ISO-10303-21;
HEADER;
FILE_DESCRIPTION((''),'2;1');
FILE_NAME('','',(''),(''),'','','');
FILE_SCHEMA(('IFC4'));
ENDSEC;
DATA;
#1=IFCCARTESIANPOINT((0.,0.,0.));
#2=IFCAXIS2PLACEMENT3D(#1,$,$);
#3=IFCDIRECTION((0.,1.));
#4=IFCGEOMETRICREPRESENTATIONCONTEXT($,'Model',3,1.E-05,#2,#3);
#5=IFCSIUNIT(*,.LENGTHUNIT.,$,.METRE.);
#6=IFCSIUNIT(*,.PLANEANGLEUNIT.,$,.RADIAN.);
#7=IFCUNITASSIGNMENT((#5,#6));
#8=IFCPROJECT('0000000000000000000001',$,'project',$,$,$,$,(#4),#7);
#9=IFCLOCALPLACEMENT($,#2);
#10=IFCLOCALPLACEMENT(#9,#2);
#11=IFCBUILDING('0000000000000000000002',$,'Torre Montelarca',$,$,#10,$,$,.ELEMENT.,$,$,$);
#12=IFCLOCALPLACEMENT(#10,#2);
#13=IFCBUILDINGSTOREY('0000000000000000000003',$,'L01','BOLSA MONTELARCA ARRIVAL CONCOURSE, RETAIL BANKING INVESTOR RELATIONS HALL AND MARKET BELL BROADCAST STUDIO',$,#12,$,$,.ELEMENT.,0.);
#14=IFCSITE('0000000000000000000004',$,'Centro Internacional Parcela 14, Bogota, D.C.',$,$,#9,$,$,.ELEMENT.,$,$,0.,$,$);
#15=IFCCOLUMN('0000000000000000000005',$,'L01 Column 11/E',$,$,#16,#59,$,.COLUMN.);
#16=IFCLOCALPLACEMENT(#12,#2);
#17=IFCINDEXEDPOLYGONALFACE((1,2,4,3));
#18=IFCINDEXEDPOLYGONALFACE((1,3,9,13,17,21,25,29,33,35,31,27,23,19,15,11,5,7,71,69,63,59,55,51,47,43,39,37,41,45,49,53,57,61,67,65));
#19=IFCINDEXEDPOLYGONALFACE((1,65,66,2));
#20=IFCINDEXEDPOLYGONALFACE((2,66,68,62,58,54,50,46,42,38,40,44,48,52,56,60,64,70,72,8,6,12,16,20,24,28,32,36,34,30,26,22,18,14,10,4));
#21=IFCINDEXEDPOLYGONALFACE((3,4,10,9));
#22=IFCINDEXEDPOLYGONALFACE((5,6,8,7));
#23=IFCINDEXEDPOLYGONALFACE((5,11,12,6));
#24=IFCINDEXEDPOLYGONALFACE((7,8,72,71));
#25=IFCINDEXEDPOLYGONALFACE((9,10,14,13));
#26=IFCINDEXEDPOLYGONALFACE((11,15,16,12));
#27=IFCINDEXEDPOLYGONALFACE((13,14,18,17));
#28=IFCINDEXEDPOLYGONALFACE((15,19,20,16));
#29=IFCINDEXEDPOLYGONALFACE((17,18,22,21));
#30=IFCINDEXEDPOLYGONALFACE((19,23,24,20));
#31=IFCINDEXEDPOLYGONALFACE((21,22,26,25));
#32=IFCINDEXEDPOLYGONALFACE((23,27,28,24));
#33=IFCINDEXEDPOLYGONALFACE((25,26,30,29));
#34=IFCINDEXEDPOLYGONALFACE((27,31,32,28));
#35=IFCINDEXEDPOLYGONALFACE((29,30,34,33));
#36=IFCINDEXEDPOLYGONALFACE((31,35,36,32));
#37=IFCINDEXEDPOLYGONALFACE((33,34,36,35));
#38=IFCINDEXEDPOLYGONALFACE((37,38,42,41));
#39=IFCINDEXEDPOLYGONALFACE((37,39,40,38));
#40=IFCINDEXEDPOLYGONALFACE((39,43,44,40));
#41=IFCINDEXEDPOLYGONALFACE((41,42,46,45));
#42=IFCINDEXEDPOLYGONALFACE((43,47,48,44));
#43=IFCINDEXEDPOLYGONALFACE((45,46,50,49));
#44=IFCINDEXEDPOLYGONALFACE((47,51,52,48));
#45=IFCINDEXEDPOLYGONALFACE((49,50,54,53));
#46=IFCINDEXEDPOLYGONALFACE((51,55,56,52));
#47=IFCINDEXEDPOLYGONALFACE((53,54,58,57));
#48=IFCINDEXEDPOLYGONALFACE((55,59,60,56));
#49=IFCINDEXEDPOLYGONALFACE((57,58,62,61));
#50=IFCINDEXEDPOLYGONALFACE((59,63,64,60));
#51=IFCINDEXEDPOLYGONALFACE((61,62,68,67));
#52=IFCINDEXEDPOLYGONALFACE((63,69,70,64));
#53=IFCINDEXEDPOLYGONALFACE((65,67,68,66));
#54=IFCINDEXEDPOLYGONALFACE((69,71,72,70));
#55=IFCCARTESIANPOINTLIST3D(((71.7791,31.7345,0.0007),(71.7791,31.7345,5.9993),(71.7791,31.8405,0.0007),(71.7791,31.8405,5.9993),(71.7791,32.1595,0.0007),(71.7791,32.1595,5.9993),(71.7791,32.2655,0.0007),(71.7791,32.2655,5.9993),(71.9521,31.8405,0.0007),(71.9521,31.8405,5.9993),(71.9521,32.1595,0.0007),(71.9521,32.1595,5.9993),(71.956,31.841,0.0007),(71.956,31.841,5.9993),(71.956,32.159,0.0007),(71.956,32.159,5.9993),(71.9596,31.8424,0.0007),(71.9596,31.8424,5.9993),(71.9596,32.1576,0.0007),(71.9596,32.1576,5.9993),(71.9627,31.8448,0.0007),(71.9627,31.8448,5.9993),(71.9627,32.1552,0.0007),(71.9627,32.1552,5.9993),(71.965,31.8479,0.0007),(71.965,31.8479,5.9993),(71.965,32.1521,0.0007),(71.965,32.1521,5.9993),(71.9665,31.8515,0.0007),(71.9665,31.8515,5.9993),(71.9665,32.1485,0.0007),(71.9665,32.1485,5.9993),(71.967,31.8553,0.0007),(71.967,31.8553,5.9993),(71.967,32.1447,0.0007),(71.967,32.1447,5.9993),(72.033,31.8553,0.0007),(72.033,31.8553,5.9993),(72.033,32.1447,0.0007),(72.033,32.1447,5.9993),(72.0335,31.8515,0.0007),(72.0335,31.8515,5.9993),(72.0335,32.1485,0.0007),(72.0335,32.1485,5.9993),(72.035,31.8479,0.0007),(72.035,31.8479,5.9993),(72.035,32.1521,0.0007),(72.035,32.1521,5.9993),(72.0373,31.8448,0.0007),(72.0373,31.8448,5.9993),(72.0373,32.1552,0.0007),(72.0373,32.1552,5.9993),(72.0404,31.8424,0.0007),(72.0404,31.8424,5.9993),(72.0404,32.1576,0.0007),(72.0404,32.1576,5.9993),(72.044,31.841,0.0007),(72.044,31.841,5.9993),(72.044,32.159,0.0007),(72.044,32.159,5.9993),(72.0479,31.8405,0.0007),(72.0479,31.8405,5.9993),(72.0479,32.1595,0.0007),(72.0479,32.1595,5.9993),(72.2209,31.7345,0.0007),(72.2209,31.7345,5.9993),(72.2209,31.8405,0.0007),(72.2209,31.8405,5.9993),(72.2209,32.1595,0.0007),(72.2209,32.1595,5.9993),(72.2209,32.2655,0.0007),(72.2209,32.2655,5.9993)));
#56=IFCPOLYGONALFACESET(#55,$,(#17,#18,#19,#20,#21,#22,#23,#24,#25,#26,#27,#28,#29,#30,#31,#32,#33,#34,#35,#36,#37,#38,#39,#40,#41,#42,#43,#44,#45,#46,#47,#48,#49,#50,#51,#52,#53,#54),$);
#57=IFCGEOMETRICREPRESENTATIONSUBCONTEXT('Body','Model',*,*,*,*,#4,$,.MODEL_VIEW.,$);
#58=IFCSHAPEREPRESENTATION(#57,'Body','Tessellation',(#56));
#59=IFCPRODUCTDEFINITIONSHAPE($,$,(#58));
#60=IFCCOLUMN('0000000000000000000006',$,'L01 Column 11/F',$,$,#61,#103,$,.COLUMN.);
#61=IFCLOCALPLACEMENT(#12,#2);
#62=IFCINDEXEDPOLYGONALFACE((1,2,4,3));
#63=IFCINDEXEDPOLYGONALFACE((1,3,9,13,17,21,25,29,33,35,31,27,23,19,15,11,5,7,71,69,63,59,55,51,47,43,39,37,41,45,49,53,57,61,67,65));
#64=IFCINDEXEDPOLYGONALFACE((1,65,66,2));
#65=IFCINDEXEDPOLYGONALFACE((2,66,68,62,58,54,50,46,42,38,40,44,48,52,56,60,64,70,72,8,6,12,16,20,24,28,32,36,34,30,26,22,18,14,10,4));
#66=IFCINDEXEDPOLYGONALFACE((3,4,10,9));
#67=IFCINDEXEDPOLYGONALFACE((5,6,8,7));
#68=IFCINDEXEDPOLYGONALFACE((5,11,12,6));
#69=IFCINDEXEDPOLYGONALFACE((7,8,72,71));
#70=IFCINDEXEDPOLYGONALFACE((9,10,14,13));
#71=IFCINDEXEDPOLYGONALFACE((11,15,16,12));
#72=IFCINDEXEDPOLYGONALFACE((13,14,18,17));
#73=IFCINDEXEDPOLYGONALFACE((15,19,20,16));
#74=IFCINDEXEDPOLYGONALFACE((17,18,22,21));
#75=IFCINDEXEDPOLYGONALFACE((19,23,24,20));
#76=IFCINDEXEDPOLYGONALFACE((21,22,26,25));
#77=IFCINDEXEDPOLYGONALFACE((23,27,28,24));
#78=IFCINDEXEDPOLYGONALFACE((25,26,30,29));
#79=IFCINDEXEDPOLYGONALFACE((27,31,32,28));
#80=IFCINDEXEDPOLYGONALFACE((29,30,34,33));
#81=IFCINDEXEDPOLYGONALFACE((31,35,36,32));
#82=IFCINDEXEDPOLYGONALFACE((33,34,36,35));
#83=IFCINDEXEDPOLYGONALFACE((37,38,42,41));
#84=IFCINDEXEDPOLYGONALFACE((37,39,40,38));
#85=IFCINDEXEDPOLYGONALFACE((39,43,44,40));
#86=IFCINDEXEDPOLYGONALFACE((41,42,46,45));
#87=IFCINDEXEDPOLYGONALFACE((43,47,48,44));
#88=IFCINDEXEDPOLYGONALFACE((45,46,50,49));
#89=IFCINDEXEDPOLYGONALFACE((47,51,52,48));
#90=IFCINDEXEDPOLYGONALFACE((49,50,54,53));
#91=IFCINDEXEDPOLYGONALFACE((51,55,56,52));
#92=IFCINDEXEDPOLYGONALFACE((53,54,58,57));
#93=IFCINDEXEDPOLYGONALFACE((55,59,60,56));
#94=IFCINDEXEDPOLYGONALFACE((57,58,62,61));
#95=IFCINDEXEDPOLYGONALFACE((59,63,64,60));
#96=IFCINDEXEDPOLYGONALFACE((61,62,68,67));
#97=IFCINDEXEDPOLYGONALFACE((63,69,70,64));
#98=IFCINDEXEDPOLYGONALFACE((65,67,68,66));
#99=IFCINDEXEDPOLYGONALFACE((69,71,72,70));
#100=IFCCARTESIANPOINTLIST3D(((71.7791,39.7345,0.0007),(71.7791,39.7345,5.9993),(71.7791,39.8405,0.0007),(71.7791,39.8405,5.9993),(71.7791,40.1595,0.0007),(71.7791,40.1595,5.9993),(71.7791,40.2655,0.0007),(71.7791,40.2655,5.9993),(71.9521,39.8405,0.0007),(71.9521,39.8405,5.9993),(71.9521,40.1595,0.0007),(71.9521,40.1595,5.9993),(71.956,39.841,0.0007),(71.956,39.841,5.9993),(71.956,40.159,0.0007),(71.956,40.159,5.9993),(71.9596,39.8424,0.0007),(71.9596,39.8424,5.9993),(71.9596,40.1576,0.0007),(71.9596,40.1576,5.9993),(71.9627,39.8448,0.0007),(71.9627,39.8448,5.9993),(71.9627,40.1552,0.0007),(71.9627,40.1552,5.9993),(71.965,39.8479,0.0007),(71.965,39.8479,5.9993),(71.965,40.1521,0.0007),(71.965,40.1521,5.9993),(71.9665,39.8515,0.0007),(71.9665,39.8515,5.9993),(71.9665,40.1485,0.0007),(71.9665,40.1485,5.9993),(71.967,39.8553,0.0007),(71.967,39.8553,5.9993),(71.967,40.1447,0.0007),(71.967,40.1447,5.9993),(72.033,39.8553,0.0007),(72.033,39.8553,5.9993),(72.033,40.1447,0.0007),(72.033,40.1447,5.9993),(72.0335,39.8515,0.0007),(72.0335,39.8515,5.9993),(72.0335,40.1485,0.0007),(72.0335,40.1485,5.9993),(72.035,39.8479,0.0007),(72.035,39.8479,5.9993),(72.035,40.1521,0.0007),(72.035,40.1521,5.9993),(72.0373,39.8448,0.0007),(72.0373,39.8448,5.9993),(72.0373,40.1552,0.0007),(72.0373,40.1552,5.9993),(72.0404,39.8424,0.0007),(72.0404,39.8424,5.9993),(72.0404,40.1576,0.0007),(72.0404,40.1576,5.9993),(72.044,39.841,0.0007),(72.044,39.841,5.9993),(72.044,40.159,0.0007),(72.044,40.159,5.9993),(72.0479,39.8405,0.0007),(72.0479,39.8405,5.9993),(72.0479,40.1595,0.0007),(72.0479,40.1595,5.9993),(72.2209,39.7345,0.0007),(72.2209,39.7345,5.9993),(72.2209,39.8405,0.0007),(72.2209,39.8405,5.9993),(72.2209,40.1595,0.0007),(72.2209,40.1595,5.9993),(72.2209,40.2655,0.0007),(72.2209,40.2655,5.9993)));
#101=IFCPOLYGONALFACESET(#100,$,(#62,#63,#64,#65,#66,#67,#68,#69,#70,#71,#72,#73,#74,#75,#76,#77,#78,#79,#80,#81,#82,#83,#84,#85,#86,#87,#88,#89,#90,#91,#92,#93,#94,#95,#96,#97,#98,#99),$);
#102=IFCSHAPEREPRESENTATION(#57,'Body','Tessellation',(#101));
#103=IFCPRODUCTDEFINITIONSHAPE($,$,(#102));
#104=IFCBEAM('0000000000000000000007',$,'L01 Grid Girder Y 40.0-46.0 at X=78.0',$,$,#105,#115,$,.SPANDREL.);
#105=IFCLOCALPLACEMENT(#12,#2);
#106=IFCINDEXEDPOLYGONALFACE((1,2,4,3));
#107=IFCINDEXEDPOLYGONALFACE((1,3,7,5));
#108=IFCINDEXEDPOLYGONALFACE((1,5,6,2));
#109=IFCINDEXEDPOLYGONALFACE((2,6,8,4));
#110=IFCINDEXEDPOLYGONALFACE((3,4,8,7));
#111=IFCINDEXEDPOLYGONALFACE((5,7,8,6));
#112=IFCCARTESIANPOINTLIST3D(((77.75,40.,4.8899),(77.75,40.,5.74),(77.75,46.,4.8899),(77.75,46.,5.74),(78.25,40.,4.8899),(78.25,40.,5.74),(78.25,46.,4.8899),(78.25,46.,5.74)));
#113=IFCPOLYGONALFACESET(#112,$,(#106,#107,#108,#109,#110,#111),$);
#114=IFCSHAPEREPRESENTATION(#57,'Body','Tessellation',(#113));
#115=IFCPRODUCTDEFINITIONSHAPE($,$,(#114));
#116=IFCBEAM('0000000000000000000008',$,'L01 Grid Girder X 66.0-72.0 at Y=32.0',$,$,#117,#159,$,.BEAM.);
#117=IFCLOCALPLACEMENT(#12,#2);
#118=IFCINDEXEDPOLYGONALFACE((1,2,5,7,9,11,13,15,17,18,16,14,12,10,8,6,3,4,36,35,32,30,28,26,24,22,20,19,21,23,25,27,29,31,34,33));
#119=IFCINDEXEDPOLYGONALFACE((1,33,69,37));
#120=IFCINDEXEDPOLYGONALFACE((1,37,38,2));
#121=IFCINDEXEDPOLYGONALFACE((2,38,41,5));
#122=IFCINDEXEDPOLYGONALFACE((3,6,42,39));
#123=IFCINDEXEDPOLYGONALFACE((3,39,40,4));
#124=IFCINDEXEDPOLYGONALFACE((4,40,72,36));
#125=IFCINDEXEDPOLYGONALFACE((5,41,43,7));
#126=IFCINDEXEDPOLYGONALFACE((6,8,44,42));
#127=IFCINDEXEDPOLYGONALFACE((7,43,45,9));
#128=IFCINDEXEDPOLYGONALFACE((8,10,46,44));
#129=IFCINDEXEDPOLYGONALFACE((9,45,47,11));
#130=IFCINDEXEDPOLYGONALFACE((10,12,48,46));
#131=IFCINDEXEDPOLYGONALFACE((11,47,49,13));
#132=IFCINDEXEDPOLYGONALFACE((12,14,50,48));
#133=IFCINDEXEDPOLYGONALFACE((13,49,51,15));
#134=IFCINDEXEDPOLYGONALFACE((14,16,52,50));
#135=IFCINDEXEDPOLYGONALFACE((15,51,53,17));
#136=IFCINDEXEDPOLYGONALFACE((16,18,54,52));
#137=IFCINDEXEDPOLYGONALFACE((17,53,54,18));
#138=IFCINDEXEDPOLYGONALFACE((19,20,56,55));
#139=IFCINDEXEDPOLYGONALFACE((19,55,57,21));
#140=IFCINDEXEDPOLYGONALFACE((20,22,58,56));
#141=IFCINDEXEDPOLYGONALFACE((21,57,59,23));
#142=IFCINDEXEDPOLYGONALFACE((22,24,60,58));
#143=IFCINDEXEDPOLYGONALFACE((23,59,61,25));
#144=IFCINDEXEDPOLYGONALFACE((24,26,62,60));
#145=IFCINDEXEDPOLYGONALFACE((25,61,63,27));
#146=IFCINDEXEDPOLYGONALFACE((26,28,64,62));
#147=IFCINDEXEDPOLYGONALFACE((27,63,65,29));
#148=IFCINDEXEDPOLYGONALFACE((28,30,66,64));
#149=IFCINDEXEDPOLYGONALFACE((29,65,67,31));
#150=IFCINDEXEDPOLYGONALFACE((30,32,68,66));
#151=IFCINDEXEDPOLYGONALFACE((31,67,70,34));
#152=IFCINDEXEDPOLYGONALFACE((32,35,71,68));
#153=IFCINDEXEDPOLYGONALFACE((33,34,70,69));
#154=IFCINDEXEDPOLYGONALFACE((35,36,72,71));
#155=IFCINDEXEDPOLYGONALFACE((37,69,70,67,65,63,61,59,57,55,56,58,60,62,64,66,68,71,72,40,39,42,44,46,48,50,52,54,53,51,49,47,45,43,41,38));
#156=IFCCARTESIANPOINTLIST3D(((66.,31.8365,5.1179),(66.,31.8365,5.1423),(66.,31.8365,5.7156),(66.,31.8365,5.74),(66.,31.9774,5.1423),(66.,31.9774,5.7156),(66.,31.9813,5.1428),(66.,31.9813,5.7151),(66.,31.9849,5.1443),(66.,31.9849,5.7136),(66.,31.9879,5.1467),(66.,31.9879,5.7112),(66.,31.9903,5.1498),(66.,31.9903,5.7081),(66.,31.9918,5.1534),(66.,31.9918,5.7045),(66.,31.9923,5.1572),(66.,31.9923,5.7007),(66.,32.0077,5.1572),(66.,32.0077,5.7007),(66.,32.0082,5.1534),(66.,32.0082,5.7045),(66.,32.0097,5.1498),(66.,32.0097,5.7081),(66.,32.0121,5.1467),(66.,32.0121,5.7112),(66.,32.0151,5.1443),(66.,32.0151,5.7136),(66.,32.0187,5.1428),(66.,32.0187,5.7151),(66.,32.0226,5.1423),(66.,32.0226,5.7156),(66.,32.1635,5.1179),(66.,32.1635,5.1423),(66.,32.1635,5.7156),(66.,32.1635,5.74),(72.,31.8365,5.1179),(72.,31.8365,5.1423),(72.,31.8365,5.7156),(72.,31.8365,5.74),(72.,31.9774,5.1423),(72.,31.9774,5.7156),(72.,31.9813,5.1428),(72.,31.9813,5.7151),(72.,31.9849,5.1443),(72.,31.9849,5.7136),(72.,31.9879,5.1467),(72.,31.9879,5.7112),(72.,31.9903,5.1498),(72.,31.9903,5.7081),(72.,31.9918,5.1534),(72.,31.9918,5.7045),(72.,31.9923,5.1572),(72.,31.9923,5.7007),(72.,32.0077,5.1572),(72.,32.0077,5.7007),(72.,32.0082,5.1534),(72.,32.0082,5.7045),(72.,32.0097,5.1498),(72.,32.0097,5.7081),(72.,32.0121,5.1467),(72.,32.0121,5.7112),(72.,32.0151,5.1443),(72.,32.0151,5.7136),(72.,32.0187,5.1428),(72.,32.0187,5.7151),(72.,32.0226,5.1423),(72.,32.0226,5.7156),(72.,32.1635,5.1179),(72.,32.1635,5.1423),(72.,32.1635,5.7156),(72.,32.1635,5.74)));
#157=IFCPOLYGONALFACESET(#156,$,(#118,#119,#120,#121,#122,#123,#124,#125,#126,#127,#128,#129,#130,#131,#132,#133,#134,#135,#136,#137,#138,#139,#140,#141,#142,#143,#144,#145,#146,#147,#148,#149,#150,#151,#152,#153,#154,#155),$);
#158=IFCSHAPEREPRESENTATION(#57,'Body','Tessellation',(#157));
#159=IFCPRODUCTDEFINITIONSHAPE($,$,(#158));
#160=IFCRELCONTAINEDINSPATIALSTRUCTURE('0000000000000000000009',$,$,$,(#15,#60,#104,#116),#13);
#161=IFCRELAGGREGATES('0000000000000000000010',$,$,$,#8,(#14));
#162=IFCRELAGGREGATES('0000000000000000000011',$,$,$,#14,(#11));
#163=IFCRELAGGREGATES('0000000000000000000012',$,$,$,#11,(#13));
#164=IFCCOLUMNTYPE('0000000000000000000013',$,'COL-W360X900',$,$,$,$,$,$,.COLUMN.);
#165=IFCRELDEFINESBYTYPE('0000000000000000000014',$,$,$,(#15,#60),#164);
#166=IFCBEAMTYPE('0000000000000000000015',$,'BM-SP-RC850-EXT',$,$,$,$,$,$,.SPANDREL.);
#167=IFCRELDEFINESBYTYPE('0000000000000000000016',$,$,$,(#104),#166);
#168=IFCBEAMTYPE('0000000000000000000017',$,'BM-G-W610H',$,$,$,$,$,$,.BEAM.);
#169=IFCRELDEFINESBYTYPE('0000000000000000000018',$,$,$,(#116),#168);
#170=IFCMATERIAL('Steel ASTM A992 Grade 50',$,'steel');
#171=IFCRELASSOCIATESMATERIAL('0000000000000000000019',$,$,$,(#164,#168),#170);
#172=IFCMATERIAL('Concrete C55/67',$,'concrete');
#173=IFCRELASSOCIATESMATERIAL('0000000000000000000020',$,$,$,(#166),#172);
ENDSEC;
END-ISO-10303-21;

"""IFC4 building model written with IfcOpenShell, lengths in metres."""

from ifc_helpers import new_model, si_unit, direction, frame, origin, origin_2d, place, context, subcontext, project, spatial, rectangle, i_section, extrude, source, transform, mapped, material, material_profile, profile_set, type_object, element, save


model = new_model("IFC4")

# Units and contexts
model_context = context("Model", 3, precision=1e-05, world=origin(), true_north=direction((0.0, 1.0)))
body_context = subcontext(model_context, "Body", "Model", "MODEL_VIEW")
ifc_project = project(units=[si_unit("LENGTHUNIT", "METRE"), si_unit("PLANEANGLEUNIT", "RADIAN")], contexts=[model_context])

# Site, building, storey
site_placement = place(None, origin())
site = spatial("IfcSite", under=ifc_project, at=site_placement, Name="Centro Internacional Parcela 14, Bogota, D.C.", CompositionType="ELEMENT", RefElevation=0.0)
building_placement = place(site_placement, origin())
building = spatial("IfcBuilding", under=site, at=building_placement, Name="Torre Montelarca", CompositionType="ELEMENT")
storey_placement = place(building_placement, origin())
storey = spatial("IfcBuildingStorey", under=building, at=storey_placement, Name="L01", Description="BOLSA MONTELARCA ARRIVAL CONCOURSE, RETAIL BANKING INVESTOR RELATIONS HALL AND MARKET BELL BROADCAST STUDIO", CompositionType="ELEMENT", Elevation=0.0)

# Columns
ifc_material_1 = material(Name="Steel ASTM A992 Grade 50", Category="steel")
ifc_material_profile_1 = material_profile(ifc_material_1, i_section(OverallWidth=0.4419, OverallDepth=0.531, WebThickness=0.0659, FlangeThickness=0.106, FilletRadius=0.0149, at=origin_2d()), Name="W360X900", Category="steel")
ifc_profile_set_1 = profile_set([ifc_material_profile_1], Name="Steel ASTM A992 Grade 50")
column_type_1 = type_object("IfcColumnType", Name="COL-W360X900", PredefinedType="COLUMN", material=ifc_profile_set_1)
shared_shape_1 = source(origin(), body_context, "Body", "SweptSolid", [
    extrude(i_section(OverallWidth=0.4419, OverallDepth=0.531, WebThickness=0.0659, FlangeThickness=0.106, FilletRadius=0.0149, at=origin_2d()), origin(), (0.0, 0.0, 1.0), 5.9985),
])
for number, where, z_axis, x_axis, name in (
    (1, (72.0, 32.0, 0.0007), (0.0, 0.0, 1.0), (1.0, 0.0, 0.0), "L01 Column 11/E"),
    (2, (72.0, 40.0, 0.0007), (0.0, 0.0, 1.0), (1.0, 0.0, 0.0), "L01 Column 11/F"),
):
    element("IfcColumn", number, at=place(storey_placement, frame(where, z_axis=z_axis, x_axis=x_axis)), inside=storey, type_object=column_type_1, Name=name, PredefinedType="COLUMN", context=body_context, shape_type="MappedRepresentation", body=[
        mapped(shared_shape_1, transform((0.0, 0.0, 0.0), scale=1.0)),
    ])

# Beams
ifc_material_2 = material(Name="Concrete C55/67", Category="concrete")
ifc_material_profile_2 = material_profile(ifc_material_2, rectangle(XDim=0.5, YDim=0.8501, at=origin_2d()), Name="RCB500X850", Category="concrete")
ifc_profile_set_2 = profile_set([ifc_material_profile_2], Name="Concrete C55/67")
beam_type_1 = type_object("IfcBeamType", Name="BM-SP-RC850-EXT", PredefinedType="SPANDREL", material=ifc_profile_set_2)
shared_shape_2 = source(origin(), body_context, "Body", "SweptSolid", [
    extrude(rectangle(XDim=0.5, YDim=0.8501, at=origin_2d()), origin(), (0.0, 0.0, 1.0), 6.0),
])
beam_1_placement = place(storey_placement, frame((78.0, 40.0, 5.3149), z_axis=(0.0, 1.0, 0.0), x_axis=(-1.0, 0.0, 0.0)))
element("IfcBeam", 3, at=beam_1_placement, inside=storey, type_object=beam_type_1, Name="L01 Grid Girder Y 40.0-46.0 at X=78.0", PredefinedType="SPANDREL", context=body_context, shape_type="MappedRepresentation", body=[
    mapped(shared_shape_2, transform((0.0, 0.0, 0.0), scale=1.0)),
])
ifc_material_profile_3 = material_profile(ifc_material_1, i_section(OverallWidth=0.3269, OverallDepth=0.6221, WebThickness=0.0154, FlangeThickness=0.0244, FilletRadius=0.0149, at=origin_2d()), Name="W610X195", Category="steel")
ifc_profile_set_3 = profile_set([ifc_material_profile_3], Name="Steel ASTM A992 Grade 50")
beam_type_2 = type_object("IfcBeamType", Name="BM-G-W610H", PredefinedType="BEAM", material=ifc_profile_set_3)
shared_shape_3 = source(origin(), body_context, "Body", "SweptSolid", [
    extrude(i_section(OverallWidth=0.3269, OverallDepth=0.6221, WebThickness=0.0154, FlangeThickness=0.0244, FilletRadius=0.0149, at=origin_2d()), origin(), (0.0, 0.0, 1.0), 6.0),
])
for number, where, z_axis, x_axis, name in (
    (4, (66.0, 32.0, 5.429), (1.0, 0.0, 0.0), (0.0, 1.0, 0.0), "L01 Grid Girder X 66.0-72.0 at Y=32.0"),
):
    element("IfcBeam", number, at=place(storey_placement, frame(where, z_axis=z_axis, x_axis=x_axis)), inside=storey, type_object=beam_type_2, Name=name, PredefinedType="BEAM", context=body_context, shape_type="MappedRepresentation", body=[
        mapped(shared_shape_3, transform((0.0, 0.0, 0.0), scale=1.0)),
    ])

save(model, "model.ifc")
